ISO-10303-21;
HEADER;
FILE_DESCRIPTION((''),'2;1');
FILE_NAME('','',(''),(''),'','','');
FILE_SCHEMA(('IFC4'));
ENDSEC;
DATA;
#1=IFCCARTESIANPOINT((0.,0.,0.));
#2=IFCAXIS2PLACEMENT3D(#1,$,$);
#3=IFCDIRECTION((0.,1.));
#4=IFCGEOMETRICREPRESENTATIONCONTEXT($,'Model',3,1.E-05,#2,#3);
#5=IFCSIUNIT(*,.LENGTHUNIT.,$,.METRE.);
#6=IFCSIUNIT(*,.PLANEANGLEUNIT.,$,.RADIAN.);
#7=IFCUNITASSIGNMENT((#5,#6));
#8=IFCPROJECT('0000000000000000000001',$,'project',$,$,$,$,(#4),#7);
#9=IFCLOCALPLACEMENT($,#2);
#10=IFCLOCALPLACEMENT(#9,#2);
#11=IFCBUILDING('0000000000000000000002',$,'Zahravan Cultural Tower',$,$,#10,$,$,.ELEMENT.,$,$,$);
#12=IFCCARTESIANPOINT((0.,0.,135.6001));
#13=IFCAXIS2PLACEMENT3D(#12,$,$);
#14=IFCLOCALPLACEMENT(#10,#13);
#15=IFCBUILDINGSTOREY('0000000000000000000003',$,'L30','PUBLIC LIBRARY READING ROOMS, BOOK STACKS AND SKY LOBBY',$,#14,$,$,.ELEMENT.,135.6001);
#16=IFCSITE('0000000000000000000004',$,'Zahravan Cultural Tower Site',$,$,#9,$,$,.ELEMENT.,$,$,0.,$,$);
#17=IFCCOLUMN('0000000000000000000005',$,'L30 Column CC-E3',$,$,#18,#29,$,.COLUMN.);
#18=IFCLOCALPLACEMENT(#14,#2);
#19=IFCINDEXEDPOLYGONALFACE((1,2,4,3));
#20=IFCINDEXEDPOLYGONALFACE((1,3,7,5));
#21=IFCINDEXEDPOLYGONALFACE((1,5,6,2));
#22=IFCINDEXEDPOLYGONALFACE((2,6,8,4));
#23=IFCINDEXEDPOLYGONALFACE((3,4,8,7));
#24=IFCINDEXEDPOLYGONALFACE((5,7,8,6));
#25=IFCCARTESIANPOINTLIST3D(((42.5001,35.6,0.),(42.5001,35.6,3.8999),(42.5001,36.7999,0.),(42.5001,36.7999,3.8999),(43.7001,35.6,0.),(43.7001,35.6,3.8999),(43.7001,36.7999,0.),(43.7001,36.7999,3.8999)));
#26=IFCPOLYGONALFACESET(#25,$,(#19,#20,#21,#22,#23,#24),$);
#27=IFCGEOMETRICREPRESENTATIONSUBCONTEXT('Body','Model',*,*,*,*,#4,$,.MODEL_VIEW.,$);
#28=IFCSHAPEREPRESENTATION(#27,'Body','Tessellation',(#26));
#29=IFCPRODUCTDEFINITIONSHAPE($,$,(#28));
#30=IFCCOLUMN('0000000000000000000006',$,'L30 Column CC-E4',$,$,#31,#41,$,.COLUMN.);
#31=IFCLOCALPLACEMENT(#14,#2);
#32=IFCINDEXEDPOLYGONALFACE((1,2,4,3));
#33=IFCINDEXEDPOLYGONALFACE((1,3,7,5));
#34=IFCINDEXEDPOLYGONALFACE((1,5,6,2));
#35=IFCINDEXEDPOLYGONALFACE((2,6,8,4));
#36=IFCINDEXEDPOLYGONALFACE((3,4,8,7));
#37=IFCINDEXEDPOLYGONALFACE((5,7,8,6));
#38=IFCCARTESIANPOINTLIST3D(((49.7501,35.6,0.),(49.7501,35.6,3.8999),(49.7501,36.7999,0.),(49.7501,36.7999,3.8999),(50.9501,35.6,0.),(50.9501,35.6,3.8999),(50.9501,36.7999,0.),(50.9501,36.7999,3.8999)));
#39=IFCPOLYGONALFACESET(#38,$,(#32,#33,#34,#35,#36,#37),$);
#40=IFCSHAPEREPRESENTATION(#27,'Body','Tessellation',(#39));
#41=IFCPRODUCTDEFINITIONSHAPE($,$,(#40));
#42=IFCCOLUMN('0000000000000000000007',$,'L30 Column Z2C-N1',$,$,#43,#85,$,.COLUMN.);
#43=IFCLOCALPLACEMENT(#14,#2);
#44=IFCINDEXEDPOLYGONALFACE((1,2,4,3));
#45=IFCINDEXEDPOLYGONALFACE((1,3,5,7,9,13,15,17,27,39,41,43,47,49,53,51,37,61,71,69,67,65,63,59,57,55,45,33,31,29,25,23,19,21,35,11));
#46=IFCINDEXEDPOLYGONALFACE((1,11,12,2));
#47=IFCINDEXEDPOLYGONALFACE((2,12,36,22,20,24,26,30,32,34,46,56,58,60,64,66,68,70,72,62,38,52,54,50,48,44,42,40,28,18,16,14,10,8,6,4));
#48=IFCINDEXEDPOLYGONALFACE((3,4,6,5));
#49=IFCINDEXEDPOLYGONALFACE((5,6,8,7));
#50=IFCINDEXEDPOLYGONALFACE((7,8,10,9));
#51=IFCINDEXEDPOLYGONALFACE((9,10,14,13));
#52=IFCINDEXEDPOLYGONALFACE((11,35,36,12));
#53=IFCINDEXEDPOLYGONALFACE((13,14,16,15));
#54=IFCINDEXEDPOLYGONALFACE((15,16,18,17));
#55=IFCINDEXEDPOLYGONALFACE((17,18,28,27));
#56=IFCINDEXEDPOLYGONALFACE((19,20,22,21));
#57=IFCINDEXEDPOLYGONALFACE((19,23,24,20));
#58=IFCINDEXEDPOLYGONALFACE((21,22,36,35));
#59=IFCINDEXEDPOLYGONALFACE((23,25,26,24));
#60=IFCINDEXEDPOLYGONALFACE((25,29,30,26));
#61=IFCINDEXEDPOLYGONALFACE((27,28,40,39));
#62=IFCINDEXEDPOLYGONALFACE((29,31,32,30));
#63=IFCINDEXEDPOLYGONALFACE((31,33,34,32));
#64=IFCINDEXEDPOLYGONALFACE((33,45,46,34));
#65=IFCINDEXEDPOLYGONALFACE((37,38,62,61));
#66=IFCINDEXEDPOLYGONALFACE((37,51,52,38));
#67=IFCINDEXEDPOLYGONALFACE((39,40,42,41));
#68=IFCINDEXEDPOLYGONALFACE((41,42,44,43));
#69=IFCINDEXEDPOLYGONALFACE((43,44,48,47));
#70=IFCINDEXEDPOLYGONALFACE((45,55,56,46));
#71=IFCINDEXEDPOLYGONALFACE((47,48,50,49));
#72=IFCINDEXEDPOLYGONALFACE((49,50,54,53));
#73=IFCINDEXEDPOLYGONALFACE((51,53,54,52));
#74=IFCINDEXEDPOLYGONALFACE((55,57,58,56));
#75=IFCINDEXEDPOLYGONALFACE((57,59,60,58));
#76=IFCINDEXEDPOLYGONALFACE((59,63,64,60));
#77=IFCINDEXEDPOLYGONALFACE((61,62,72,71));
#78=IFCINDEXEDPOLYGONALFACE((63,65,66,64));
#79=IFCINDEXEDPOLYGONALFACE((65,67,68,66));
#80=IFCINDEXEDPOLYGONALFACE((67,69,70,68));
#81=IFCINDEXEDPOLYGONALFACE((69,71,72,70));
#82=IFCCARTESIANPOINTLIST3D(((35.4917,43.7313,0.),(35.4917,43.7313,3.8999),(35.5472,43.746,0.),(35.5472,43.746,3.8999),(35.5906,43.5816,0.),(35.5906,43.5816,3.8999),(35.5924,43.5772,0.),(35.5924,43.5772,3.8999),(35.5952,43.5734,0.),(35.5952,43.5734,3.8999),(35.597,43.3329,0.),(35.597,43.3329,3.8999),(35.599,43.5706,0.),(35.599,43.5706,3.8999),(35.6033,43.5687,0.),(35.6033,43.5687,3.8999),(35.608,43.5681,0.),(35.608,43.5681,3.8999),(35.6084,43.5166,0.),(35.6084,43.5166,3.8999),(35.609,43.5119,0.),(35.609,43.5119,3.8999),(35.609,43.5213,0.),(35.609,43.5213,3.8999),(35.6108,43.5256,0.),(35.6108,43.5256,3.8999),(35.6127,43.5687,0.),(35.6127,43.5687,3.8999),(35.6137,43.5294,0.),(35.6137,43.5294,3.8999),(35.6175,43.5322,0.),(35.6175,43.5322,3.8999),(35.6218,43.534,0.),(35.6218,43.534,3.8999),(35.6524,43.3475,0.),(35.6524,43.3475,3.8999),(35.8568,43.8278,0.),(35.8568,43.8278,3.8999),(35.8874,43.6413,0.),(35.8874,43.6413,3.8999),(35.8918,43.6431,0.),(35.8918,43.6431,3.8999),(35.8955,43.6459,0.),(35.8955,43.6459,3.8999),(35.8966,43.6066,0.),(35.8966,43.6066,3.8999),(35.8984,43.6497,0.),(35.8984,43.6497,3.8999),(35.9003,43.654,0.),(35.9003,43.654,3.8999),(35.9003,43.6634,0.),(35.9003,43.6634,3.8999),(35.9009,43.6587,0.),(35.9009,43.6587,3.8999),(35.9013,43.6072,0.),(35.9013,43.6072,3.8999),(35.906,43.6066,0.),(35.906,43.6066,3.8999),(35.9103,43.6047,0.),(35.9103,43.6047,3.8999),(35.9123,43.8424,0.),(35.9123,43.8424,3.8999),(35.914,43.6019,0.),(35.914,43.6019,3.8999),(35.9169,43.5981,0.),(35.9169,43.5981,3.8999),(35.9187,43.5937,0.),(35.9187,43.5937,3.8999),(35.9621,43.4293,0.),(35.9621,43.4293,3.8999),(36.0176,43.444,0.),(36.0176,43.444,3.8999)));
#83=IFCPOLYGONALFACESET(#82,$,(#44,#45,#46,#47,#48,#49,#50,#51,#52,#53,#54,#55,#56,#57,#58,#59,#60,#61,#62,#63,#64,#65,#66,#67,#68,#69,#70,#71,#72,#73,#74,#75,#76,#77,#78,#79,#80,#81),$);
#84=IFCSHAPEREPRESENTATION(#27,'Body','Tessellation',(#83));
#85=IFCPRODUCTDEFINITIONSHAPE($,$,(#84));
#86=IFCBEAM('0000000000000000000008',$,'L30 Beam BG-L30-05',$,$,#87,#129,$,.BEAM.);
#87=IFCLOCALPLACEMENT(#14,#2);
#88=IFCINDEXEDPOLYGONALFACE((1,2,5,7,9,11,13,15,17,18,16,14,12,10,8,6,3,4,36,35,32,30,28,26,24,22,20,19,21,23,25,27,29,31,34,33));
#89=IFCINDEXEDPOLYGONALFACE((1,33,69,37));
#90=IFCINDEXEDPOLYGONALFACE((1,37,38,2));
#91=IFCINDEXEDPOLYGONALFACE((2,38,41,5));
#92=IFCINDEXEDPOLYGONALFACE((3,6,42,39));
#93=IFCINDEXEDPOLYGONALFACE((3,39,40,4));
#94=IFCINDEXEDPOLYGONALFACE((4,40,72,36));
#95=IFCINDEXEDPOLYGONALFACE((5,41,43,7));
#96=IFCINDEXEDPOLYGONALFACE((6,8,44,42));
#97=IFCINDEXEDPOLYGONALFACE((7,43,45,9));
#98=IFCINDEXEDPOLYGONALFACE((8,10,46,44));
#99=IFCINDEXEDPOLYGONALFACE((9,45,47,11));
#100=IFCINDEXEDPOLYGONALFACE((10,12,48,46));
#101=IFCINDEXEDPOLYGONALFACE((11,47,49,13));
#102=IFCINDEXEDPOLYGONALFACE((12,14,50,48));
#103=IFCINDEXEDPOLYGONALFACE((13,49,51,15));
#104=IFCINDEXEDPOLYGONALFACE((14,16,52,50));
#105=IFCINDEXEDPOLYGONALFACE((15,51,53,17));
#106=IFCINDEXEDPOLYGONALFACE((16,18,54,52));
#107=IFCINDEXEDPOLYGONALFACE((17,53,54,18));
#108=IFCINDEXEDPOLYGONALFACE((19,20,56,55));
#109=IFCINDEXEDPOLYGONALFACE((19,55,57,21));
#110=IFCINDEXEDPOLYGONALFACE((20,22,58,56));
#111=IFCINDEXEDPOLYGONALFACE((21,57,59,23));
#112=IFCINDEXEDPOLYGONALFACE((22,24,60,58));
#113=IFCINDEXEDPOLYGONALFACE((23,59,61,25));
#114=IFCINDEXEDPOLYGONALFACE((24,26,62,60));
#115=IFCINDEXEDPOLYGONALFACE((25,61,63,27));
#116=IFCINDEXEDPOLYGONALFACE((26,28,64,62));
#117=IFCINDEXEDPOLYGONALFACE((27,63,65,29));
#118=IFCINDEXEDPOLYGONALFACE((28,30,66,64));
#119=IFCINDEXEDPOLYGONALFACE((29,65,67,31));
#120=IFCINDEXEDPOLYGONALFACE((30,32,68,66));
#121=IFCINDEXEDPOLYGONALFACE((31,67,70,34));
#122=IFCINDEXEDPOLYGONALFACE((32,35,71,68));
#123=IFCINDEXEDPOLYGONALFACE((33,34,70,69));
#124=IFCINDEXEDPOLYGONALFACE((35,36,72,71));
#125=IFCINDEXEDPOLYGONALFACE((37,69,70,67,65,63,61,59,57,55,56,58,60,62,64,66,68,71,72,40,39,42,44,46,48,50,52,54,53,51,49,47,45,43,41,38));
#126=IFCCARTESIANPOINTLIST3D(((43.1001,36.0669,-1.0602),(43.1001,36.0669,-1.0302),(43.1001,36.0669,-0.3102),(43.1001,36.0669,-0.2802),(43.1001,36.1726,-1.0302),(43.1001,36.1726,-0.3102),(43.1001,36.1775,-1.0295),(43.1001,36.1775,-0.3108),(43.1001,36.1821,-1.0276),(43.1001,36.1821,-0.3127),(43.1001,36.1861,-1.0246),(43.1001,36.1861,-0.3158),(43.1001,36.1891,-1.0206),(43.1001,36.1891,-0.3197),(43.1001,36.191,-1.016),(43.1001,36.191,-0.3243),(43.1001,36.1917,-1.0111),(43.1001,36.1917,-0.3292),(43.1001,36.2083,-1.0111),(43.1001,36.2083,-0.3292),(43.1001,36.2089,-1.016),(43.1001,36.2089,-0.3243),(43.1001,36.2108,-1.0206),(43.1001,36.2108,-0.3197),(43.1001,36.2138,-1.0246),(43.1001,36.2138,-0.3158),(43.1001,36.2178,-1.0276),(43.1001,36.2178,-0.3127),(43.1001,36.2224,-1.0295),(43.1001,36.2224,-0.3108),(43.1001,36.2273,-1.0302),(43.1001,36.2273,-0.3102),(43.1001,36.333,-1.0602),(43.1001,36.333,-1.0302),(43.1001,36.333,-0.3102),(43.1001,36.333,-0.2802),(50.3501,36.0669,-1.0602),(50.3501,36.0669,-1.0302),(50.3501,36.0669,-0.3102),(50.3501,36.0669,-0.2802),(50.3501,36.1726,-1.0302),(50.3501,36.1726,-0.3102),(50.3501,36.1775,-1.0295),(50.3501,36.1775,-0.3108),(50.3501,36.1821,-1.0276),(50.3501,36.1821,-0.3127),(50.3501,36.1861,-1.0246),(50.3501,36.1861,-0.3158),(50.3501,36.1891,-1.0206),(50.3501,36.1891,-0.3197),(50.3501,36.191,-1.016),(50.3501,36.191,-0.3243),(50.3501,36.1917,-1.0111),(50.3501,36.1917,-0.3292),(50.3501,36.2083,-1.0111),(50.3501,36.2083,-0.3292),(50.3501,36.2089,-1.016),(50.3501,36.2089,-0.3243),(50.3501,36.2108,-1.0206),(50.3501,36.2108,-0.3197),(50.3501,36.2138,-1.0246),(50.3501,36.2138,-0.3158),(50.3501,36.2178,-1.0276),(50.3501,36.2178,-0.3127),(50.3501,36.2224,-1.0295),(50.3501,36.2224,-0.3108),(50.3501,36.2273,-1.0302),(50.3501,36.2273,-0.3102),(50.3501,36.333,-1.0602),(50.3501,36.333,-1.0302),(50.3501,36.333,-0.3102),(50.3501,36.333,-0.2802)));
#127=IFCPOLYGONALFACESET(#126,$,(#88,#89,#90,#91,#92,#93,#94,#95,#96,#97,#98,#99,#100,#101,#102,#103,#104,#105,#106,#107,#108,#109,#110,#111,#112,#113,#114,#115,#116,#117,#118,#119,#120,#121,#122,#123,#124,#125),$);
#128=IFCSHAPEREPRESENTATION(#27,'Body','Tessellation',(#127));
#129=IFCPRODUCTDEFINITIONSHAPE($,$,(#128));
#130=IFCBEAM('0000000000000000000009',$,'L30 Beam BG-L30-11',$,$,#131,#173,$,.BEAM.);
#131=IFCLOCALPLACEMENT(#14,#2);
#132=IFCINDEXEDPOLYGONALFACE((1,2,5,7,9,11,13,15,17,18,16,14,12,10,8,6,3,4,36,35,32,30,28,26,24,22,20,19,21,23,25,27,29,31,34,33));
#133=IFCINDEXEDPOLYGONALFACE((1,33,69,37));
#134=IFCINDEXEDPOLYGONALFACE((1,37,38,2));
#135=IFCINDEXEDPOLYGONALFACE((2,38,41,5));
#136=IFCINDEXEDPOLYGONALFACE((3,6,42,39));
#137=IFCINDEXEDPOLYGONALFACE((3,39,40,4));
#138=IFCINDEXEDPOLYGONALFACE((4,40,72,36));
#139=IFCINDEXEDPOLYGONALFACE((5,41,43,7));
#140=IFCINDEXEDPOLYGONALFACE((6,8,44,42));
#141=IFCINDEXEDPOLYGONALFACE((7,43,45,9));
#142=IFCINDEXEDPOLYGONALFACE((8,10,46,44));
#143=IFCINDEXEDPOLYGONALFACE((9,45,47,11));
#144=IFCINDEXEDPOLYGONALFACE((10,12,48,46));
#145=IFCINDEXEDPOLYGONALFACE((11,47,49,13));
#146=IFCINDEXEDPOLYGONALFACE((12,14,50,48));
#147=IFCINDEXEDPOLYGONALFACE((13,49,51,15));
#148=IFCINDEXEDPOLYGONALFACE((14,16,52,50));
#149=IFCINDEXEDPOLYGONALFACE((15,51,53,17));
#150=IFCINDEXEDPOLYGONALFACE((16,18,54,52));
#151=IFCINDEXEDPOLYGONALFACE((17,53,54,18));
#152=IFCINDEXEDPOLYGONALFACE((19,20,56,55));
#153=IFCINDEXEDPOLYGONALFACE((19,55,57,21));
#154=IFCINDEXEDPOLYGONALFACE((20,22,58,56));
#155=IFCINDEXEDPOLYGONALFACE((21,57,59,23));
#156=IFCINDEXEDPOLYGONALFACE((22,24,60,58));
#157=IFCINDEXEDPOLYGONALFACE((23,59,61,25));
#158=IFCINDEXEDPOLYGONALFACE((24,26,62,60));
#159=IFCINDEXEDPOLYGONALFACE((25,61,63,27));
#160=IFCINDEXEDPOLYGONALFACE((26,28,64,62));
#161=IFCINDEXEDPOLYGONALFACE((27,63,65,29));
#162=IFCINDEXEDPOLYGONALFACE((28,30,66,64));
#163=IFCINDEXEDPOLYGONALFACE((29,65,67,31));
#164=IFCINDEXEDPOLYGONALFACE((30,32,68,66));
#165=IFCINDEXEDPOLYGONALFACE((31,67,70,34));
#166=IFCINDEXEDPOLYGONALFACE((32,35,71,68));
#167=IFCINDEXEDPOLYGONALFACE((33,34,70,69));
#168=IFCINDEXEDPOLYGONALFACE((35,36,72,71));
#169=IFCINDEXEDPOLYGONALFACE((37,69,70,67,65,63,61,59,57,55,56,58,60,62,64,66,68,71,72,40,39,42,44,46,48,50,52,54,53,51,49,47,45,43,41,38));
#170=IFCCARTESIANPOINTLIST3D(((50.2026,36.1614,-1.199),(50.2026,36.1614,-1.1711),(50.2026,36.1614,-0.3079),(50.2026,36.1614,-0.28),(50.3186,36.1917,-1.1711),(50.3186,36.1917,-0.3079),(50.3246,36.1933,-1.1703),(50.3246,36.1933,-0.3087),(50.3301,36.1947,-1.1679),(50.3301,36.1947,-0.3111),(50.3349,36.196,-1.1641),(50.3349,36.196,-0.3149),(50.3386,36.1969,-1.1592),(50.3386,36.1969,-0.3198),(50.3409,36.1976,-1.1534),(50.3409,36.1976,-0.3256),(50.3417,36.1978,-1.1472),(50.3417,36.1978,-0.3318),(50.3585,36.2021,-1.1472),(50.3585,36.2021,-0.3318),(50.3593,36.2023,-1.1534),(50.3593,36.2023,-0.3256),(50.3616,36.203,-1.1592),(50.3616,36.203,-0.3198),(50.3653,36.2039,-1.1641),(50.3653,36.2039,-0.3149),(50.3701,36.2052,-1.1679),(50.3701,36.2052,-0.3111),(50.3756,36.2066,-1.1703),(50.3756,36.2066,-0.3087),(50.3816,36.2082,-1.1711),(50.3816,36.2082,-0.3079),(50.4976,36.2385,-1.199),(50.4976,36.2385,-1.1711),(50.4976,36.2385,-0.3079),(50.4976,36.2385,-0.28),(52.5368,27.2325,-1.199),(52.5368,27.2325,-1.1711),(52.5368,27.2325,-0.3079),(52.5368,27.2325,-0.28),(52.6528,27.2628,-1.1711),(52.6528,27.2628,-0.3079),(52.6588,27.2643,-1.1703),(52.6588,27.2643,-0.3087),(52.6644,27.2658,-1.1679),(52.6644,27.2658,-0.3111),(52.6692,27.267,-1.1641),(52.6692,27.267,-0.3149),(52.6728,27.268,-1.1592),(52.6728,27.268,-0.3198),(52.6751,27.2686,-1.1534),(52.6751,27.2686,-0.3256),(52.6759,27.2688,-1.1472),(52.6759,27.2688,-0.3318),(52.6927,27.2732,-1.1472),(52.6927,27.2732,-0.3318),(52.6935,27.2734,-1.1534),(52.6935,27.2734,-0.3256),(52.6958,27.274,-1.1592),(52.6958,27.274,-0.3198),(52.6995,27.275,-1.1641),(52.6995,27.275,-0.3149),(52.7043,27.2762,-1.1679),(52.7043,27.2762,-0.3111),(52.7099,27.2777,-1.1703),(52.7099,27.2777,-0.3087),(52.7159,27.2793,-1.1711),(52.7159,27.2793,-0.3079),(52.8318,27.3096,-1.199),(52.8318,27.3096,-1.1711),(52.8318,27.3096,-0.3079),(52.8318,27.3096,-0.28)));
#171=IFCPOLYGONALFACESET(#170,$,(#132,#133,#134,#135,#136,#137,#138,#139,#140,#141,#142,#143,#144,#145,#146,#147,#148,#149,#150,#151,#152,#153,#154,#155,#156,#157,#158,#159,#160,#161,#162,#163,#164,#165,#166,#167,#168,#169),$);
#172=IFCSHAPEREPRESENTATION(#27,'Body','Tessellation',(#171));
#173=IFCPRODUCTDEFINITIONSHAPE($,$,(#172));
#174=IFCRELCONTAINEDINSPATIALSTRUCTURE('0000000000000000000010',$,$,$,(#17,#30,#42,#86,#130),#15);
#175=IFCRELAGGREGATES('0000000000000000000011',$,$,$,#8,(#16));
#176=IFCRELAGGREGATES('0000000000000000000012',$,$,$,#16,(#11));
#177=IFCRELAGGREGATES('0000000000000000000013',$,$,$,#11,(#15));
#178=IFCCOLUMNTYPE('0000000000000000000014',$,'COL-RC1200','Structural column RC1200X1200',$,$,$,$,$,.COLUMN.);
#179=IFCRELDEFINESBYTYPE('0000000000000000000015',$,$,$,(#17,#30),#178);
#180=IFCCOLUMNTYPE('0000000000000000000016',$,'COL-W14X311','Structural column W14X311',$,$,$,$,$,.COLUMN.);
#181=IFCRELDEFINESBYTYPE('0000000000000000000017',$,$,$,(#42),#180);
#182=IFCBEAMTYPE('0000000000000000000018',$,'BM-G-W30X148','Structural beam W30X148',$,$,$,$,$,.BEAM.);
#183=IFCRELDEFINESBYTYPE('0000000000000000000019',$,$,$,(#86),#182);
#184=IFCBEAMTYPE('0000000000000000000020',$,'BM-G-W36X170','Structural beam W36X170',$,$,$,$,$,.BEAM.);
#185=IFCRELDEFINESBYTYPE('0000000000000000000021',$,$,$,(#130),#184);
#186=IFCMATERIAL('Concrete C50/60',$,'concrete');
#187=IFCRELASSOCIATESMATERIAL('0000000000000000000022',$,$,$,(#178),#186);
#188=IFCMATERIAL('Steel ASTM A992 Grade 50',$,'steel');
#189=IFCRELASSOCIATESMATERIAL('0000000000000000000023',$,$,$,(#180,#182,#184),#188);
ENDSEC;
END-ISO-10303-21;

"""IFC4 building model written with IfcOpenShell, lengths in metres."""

from ifc_helpers import new_model, si_unit, direction, frame, origin, origin_2d, place, context, subcontext, project, spatial, rectangle, i_section, extrude, source, transform, mapped, material, material_profile, profile_set, type_object, element, save


model = new_model("IFC4")

# Units and contexts
model_context = context("Model", 3, precision=1e-05, world=origin(), true_north=direction((0.0, 1.0)))
body_context = subcontext(model_context, "Body", "Model", "MODEL_VIEW")
ifc_project = project(units=[si_unit("LENGTHUNIT", "METRE"), si_unit("PLANEANGLEUNIT", "RADIAN")], contexts=[model_context])

# Site, building, storey
site_placement = place(None, origin())
site = spatial("IfcSite", under=ifc_project, at=site_placement, Name="Zahravan Cultural Tower Site", CompositionType="ELEMENT", RefElevation=0.0)
building_placement = place(site_placement, origin())
building = spatial("IfcBuilding", under=site, at=building_placement, Name="Zahravan Cultural Tower", CompositionType="ELEMENT")
storey_placement = place(building_placement, frame((0.0, 0.0, 135.6001)))
storey = spatial("IfcBuildingStorey", under=building, at=storey_placement, Name="L30", Description="PUBLIC LIBRARY READING ROOMS, BOOK STACKS AND SKY LOBBY", CompositionType="ELEMENT", Elevation=135.6001)

# Columns
ifc_material_1 = material(Name="Concrete C50/60", Category="concrete")
ifc_material_profile_1 = material_profile(ifc_material_1, rectangle(XDim=1.2, YDim=1.2, at=origin_2d()), Name="RC1200X1200")
ifc_profile_set_1 = profile_set([ifc_material_profile_1], Name="Concrete C50/60")
column_type_1 = type_object("IfcColumnType", Name="COL-RC1200", Description="Structural column RC1200X1200", PredefinedType="COLUMN", material=ifc_profile_set_1)
shared_shape_1 = source(origin(), body_context, "Body", "SweptSolid", [
    extrude(rectangle(XDim=1.2, YDim=1.2, at=origin_2d()), origin(), (0.0, 0.0, 1.0), 3.8999),
])
for number, where, z_axis, x_axis, name in (
    (1, (43.1001, 36.2, 0.0), (0.0, 0.0, 1.0), (1.0, 0.0, 0.0), "L30 Column CC-E3"),
    (2, (50.3501, 36.2, 0.0), (0.0, 0.0, 1.0), (1.0, 0.0, 0.0), "L30 Column CC-E4"),
):
    element("IfcColumn", number, at=place(storey_placement, frame(where, z_axis=z_axis, x_axis=x_axis)), inside=storey, type_object=column_type_1, Name=name, PredefinedType="COLUMN", context=body_context, shape_type="MappedRepresentation", body=[
        mapped(shared_shape_1, transform((0.0, 0.0, 0.0), x_axis=(1.0, 0.0, 0.0), y_axis=(0.0, 1.0, 0.0), z_axis=(0.0, 0.0, 1.0), scale=1.0)),
    ])
ifc_material_2 = material(Name="Steel ASTM A992 Grade 50", Category="steel")
ifc_material_profile_2 = material_profile(ifc_material_2, i_section(OverallWidth=0.4121, OverallDepth=0.4351, WebThickness=0.0359, FlangeThickness=0.0574, FilletRadius=0.0181, at=origin_2d()), Name="W14X311")
ifc_profile_set_2 = profile_set([ifc_material_profile_2], Name="Steel ASTM A992 Grade 50")
column_type_2 = type_object("IfcColumnType", Name="COL-W14X311", Description="Structural column W14X311", PredefinedType="COLUMN", material=ifc_profile_set_2)
shared_shape_2 = source(origin(), body_context, "Body", "SweptSolid", [
    extrude(i_section(OverallWidth=0.4121, OverallDepth=0.4351, WebThickness=0.0359, FlangeThickness=0.0574, FilletRadius=0.0181, at=origin_2d()), origin(), (0.0, 0.0, 1.0), 3.8999),
])
column_placement = place(storey_placement, frame((35.7546, 43.5876, 0.0), z_axis=(0.0, 0.0, 1.0), x_axis=(-0.255446, 0.966823, 0.0)))
element("IfcColumn", 3, at=column_placement, inside=storey, type_object=column_type_2, Name="L30 Column Z2C-N1", PredefinedType="COLUMN", context=body_context, shape_type="MappedRepresentation", body=[
    mapped(shared_shape_2, transform((0.0, 0.0, 0.0), x_axis=(1.0, 0.0, 0.0), y_axis=(0.0, 1.0, 0.0), z_axis=(0.0, 0.0, 1.0), scale=1.0)),
])

# Beams
ifc_material_profile_3 = material_profile(ifc_material_2, i_section(OverallWidth=0.2661, OverallDepth=0.78, WebThickness=0.0166, FlangeThickness=0.03, FilletRadius=0.019, at=origin_2d()), Name="W30X148")
ifc_profile_set_3 = profile_set([ifc_material_profile_3], Name="Steel ASTM A992 Grade 50")
beam_type_1 = type_object("IfcBeamType", Name="BM-G-W30X148", Description="Structural beam W30X148", PredefinedType="BEAM", material=ifc_profile_set_3)
shared_shape_3 = source(origin(), body_context, "Body", "SweptSolid", [
    extrude(i_section(OverallWidth=0.2661, OverallDepth=0.78, WebThickness=0.0166, FlangeThickness=0.03, FilletRadius=0.019, at=origin_2d()), origin(), (0.0, 0.0, 1.0), 7.25),
])
beam_1_placement = place(storey_placement, frame((43.1001, 36.2, -0.6702), z_axis=(1.0, 0.0, 0.0), x_axis=(0.0, 1.0, 0.0)))
element("IfcBeam", 4, at=beam_1_placement, inside=storey, type_object=beam_type_1, Name="L30 Beam BG-L30-05", PredefinedType="BEAM", context=body_context, shape_type="MappedRepresentation", body=[
    mapped(shared_shape_3, transform((0.0, 0.0, 0.0), x_axis=(1.0, 0.0, 0.0), y_axis=(0.0, 1.0, 0.0), z_axis=(0.0, 0.0, 1.0), scale=1.0)),
])
ifc_material_profile_4 = material_profile(ifc_material_2, i_section(OverallWidth=0.3049, OverallDepth=0.9189, WebThickness=0.0173, FlangeThickness=0.0278, FilletRadius=0.0239, at=origin_2d()), Name="W36X170")
ifc_profile_set_4 = profile_set([ifc_material_profile_4], Name="Steel ASTM A992 Grade 50")
beam_type_2 = type_object("IfcBeamType", Name="BM-G-W36X170", Description="Structural beam W36X170", PredefinedType="BEAM", material=ifc_profile_set_4)
shared_shape_4 = source(origin(), body_context, "Body", "SweptSolid", [
    extrude(i_section(OverallWidth=0.3049, OverallDepth=0.9189, WebThickness=0.0173, FlangeThickness=0.0278, FilletRadius=0.0239, at=origin_2d()), origin(), (0.0, 0.0, 1.0), 9.229),
])
beam_2_placement = place(storey_placement, frame((50.3501, 36.2, -0.7395), z_axis=(0.252923, -0.967487, 0.0), x_axis=(0.967487, 0.252923, 0.0)))
element("IfcBeam", 5, at=beam_2_placement, inside=storey, type_object=beam_type_2, Name="L30 Beam BG-L30-11", PredefinedType="BEAM", context=body_context, shape_type="MappedRepresentation", body=[
    mapped(shared_shape_4, transform((0.0, 0.0, 0.0), x_axis=(1.0, 0.0, 0.0), y_axis=(0.0, 1.0, 0.0), z_axis=(0.0, 0.0, 1.0), scale=1.0)),
])

save(model, "model.ifc")
